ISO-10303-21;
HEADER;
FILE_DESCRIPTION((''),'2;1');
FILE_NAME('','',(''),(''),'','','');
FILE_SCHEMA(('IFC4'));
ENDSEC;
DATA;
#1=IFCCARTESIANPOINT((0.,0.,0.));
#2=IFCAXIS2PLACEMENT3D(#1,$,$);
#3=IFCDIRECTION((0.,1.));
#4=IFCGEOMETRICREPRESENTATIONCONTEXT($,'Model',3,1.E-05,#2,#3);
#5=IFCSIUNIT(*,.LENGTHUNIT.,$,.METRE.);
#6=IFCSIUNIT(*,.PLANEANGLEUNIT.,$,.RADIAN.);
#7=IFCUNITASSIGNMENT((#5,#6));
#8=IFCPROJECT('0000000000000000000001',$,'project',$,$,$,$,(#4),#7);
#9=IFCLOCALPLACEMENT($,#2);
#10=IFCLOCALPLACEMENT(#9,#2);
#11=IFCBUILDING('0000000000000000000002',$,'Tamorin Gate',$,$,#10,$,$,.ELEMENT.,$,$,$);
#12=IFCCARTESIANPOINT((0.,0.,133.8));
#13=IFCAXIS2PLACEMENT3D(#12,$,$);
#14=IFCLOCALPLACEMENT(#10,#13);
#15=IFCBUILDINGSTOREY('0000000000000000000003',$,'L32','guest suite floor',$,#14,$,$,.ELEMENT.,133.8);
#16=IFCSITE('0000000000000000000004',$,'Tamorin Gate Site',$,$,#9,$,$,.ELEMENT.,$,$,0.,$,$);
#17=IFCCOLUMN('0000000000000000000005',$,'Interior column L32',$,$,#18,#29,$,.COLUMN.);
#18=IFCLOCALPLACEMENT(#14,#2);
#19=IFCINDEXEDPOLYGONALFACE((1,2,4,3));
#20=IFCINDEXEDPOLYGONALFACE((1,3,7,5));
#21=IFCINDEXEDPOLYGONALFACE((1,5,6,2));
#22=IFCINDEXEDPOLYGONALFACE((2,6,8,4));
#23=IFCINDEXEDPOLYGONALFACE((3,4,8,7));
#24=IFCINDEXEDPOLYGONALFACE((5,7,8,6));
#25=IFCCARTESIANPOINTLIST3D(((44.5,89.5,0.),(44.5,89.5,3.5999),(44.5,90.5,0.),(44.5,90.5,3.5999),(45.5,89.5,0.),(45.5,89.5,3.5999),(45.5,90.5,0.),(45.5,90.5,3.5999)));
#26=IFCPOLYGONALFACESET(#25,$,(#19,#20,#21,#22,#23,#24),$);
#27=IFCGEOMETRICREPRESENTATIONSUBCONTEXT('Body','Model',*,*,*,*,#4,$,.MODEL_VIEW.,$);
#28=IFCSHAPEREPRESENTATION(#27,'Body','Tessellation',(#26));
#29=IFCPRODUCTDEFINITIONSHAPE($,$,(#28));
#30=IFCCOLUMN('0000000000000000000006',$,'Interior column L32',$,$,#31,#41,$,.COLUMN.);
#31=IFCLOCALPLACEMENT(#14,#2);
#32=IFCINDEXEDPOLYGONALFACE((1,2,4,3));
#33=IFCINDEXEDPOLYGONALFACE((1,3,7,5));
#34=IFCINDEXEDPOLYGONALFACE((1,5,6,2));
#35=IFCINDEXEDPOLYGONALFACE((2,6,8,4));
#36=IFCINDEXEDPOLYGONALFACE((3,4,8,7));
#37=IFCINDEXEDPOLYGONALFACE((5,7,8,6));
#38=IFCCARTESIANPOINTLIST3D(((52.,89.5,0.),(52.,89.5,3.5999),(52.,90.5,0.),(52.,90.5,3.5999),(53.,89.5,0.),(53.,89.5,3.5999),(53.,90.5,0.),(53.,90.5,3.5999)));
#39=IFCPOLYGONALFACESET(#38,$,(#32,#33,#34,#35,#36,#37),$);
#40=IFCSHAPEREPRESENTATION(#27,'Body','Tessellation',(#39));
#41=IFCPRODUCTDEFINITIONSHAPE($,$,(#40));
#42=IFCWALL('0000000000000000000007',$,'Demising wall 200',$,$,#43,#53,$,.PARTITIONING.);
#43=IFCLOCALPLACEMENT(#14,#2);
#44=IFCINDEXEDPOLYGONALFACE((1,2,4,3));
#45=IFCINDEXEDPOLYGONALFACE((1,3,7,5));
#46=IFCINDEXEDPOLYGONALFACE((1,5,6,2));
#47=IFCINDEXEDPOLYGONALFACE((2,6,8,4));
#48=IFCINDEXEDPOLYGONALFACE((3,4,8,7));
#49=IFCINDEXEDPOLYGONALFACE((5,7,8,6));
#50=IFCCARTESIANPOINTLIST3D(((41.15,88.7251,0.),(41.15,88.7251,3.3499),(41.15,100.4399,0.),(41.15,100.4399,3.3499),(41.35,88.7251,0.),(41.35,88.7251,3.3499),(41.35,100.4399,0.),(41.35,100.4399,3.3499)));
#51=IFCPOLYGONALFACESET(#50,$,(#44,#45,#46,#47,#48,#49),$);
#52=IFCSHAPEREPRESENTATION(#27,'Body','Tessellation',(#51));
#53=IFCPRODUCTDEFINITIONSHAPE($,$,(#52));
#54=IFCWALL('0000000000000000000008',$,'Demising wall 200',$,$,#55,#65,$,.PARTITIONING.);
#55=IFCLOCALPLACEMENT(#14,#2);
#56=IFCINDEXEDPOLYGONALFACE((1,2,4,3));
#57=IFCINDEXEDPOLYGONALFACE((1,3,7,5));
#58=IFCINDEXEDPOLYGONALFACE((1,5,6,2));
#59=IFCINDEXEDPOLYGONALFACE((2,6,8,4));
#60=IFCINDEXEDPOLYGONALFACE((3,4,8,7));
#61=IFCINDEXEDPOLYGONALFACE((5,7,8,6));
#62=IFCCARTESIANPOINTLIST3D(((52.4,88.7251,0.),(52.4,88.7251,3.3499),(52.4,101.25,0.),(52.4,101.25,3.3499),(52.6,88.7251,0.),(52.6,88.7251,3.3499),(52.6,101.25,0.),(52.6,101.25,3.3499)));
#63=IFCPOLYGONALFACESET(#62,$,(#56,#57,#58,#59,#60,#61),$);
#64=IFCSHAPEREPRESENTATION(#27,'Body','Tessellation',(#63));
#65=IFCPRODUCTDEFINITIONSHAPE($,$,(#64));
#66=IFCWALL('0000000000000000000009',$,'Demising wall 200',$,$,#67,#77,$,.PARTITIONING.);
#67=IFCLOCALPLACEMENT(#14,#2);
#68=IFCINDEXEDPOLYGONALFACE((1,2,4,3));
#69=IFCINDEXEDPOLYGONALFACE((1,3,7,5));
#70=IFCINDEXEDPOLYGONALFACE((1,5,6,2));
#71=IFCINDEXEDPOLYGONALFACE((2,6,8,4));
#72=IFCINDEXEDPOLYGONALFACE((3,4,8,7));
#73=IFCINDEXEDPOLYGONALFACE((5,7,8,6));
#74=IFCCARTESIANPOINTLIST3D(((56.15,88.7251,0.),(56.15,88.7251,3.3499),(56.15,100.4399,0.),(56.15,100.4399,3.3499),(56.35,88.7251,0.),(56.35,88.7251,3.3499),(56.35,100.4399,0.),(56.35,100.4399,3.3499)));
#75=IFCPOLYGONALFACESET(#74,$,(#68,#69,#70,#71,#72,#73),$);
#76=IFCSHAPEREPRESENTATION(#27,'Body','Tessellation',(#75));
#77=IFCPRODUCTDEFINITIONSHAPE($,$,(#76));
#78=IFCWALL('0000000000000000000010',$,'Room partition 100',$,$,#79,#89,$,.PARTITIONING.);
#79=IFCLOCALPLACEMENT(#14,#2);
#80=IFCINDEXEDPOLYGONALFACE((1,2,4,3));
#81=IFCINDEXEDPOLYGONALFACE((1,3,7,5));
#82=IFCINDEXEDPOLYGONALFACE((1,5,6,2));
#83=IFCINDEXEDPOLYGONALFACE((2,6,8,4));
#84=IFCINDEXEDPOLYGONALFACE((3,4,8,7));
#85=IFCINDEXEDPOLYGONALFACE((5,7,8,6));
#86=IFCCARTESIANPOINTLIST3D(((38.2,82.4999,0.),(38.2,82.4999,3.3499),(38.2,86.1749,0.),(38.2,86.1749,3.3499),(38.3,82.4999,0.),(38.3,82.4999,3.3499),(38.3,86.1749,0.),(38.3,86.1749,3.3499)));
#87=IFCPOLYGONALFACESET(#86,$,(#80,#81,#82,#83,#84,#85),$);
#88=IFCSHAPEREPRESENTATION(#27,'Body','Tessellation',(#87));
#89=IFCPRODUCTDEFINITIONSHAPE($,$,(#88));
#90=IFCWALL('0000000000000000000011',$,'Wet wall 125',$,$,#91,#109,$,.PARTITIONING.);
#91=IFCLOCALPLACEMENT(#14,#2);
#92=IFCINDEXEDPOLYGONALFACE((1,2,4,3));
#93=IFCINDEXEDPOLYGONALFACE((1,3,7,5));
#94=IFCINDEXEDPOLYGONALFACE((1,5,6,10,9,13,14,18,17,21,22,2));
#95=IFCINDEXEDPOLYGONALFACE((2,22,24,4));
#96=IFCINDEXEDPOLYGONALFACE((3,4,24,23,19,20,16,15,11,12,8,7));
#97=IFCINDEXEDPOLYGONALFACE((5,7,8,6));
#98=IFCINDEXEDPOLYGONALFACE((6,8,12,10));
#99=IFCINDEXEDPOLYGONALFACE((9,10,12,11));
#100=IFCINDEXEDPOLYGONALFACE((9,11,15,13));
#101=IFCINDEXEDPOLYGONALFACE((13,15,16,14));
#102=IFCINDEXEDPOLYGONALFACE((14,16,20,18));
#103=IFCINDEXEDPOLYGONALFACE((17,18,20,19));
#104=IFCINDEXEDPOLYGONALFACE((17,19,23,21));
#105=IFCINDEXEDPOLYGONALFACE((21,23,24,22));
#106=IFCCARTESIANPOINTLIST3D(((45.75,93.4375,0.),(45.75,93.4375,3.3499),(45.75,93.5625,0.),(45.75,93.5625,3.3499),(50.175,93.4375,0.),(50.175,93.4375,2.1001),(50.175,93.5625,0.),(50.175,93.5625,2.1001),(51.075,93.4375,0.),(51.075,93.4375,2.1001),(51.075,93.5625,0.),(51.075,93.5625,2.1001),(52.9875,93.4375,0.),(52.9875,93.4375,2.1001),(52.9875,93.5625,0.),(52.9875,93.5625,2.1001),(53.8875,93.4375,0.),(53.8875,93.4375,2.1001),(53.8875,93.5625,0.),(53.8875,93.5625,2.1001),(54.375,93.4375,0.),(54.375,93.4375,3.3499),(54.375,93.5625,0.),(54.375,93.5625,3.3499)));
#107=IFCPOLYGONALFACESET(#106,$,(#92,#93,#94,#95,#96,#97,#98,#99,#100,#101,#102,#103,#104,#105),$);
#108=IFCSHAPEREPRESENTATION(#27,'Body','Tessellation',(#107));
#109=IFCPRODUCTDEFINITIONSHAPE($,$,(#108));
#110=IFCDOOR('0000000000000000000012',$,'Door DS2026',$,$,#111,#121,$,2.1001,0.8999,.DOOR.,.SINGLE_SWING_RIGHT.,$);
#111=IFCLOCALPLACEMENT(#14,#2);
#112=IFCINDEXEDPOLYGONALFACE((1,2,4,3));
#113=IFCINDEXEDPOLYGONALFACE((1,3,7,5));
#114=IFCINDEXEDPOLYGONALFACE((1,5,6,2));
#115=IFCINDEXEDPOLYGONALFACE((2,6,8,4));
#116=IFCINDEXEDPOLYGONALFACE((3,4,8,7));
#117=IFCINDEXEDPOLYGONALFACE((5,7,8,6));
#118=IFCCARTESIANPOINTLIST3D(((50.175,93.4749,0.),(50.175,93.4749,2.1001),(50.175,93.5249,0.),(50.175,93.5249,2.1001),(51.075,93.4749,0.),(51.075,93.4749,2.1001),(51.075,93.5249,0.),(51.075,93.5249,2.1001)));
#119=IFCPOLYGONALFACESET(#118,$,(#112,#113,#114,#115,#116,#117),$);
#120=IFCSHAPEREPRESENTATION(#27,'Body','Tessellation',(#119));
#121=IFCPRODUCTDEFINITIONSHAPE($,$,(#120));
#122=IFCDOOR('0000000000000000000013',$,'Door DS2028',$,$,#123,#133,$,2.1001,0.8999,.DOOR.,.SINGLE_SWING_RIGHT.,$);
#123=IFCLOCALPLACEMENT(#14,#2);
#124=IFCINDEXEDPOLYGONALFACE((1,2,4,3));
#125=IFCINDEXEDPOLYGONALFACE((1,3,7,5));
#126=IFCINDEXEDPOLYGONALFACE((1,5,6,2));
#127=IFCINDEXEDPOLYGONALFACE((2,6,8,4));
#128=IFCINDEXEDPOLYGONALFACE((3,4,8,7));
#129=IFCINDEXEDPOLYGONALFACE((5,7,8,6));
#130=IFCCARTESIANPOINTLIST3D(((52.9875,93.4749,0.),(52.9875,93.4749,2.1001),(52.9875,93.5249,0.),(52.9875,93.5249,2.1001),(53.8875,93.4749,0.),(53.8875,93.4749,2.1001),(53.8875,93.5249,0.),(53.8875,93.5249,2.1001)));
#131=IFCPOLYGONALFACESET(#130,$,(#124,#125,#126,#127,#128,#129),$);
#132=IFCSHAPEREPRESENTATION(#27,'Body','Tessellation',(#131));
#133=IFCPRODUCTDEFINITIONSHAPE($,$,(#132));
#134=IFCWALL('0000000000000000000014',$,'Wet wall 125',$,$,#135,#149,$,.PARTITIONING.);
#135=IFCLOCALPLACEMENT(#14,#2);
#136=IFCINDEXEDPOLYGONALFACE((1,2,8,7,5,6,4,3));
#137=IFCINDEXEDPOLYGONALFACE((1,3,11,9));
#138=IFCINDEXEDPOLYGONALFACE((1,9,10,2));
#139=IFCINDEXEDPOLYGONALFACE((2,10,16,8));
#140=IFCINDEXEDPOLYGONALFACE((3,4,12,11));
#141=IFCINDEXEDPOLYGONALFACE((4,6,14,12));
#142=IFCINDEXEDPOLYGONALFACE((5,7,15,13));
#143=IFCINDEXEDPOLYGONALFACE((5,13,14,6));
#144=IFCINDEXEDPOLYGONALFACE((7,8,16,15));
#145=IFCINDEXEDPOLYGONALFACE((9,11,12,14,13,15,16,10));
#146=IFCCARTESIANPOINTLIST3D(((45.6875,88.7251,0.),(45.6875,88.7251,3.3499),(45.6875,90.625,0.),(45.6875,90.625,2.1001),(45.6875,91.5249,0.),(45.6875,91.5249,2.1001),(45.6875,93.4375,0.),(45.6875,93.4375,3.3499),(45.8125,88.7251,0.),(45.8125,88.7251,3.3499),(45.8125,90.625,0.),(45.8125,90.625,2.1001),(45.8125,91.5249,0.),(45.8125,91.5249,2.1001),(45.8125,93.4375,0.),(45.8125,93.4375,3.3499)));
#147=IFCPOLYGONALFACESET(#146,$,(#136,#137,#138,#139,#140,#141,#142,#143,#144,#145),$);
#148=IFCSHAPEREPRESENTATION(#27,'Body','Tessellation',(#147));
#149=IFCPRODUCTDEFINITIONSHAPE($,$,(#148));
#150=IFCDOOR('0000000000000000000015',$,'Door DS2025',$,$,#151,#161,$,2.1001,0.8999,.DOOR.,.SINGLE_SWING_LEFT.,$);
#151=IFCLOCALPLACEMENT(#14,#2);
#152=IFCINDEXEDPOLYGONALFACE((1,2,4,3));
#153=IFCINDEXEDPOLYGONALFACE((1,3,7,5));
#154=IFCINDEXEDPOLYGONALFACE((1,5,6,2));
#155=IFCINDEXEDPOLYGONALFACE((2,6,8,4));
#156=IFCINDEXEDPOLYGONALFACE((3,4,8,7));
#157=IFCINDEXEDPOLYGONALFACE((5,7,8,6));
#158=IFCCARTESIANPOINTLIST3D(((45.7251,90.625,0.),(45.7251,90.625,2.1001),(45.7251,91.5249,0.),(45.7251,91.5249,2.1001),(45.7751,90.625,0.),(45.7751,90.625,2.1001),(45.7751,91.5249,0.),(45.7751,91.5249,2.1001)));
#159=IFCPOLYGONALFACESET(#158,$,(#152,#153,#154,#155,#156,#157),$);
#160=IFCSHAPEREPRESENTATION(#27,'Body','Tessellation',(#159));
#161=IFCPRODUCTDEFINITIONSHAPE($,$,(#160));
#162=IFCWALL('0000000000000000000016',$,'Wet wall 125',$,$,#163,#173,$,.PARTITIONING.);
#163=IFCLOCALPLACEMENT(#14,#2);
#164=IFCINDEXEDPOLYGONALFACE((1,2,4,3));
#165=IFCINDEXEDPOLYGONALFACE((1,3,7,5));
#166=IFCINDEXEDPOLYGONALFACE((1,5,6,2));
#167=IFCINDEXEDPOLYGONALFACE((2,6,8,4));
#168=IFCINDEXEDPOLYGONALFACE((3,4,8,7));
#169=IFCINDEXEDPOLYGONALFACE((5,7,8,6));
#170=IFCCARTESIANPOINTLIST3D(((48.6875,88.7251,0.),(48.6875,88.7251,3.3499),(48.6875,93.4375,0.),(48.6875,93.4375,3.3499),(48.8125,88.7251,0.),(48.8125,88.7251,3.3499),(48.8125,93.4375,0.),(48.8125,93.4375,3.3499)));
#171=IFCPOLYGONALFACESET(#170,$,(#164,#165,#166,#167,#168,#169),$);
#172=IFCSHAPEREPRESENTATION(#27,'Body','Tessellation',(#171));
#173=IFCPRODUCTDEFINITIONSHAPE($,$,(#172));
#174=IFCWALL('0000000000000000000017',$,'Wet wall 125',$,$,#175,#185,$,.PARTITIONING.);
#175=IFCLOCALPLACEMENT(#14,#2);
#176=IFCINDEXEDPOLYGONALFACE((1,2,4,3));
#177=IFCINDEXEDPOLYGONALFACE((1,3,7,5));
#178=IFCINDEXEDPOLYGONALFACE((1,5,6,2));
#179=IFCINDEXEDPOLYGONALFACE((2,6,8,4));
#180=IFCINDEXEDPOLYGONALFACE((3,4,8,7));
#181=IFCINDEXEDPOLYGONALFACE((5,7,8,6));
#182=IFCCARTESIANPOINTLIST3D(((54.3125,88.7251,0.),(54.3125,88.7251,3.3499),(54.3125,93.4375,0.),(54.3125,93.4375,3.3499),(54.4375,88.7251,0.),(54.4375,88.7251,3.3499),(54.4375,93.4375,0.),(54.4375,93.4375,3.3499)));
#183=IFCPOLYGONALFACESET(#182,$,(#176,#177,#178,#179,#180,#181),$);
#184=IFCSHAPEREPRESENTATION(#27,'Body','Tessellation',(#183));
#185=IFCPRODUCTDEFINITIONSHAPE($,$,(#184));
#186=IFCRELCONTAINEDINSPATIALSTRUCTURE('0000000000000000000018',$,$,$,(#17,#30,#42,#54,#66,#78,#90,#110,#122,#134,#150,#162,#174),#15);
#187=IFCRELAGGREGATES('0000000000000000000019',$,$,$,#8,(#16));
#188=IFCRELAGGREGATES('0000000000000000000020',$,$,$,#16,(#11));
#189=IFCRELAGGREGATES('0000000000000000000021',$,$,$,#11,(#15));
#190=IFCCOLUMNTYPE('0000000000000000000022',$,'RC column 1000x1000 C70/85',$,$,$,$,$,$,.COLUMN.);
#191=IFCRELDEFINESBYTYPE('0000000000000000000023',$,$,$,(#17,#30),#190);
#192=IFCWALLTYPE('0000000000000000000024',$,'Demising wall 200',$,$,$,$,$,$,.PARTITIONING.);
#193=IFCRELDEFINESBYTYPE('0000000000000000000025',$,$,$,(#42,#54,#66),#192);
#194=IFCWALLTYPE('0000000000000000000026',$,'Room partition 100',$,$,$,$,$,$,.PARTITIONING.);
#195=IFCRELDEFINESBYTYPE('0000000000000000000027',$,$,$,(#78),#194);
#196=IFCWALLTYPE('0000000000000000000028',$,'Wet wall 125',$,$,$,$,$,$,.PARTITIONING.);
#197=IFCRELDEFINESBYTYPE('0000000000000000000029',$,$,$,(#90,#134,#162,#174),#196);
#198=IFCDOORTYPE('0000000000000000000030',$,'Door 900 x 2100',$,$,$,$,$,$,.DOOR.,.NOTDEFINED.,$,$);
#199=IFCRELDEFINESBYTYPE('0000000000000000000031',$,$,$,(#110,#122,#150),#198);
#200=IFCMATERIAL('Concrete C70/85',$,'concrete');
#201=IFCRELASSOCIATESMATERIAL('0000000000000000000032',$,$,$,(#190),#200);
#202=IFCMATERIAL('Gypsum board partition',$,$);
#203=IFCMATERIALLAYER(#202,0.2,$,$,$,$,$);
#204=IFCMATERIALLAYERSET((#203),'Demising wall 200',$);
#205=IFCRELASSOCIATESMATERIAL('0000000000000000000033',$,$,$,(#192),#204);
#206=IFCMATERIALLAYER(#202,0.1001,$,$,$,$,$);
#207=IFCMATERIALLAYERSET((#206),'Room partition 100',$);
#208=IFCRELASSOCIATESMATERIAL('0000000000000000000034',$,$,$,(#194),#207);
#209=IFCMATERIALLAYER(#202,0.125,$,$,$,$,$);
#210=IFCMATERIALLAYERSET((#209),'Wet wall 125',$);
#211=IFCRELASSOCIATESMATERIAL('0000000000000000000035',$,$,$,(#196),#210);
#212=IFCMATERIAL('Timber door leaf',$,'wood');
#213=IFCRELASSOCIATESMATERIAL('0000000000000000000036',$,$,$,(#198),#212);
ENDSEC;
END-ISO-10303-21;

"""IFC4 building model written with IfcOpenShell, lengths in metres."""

from ifc_helpers import new_model, si_unit, direction, frame, frame_2d, origin, origin_2d, place, context, subcontext, project, spatial, rectangle, extrude, material, layer, layer_set, material_profile, profile_set, type_object, element, fill, save


model = new_model("IFC4")

# Units and contexts
model_context = context("Model", 3, precision=1e-05, world=origin(), true_north=direction((0.0, 1.0)))
body_context = subcontext(model_context, "Body", "Model", "MODEL_VIEW")
ifc_project = project(units=[si_unit("LENGTHUNIT", "METRE"), si_unit("PLANEANGLEUNIT", "RADIAN")], contexts=[model_context])

# Site, building, storey
site_placement = place(None, origin())
site = spatial("IfcSite", under=ifc_project, at=site_placement, Name="Tamorin Gate Site", CompositionType="ELEMENT", RefElevation=0.0)
building_placement = place(site_placement, origin())
building = spatial("IfcBuilding", under=site, at=building_placement, Name="Tamorin Gate", CompositionType="ELEMENT")
storey_placement = place(building_placement, frame((0.0, 0.0, 133.8)))
storey = spatial("IfcBuildingStorey", under=building, at=storey_placement, Name="L32", Description="guest suite floor", CompositionType="ELEMENT", Elevation=133.8)

# Columns
ifc_material_1 = material(Name="Concrete C70/85", Category="concrete")
ifc_material_profile = material_profile(ifc_material_1, rectangle(XDim=1.0, YDim=1.0, at=origin_2d()), Name="RC 1000x1000")
ifc_profile_set = profile_set([ifc_material_profile], Name="Concrete C70/85")
column_type = type_object("IfcColumnType", Name="RC column 1000x1000 C70/85", PredefinedType="COLUMN", material=ifc_profile_set)
for number, where, z_axis, x_axis, name in (
    (1, (45.0, 90.0, 0.0), (0.0, 0.0, 1.0), (1.0, 0.0, 0.0), "Interior column L32"),
    (2, (52.5, 90.0, 0.0), (0.0, 0.0, 1.0), (1.0, 0.0, 0.0), "Interior column L32"),
):
    element("IfcColumn", number, at=place(storey_placement, frame(where, z_axis=z_axis, x_axis=x_axis)), inside=storey, type_object=column_type, Name=name, PredefinedType="COLUMN", context=body_context, shape_type="SweptSolid", body=[
        extrude(rectangle(XDim=1.0, YDim=1.0, at=origin_2d()), origin(), (0.0, 0.0, 1.0), 3.5999),
    ])

# Walls
ifc_material_2 = material(Name="Gypsum board partition")
ifc_layer_1 = layer(ifc_material_2, 0.2)
ifc_layer_set_1 = layer_set([ifc_layer_1], Name="Demising wall 200")
wall_type_1 = type_object("IfcWallType", Name="Demising wall 200", PredefinedType="PARTITIONING", material=ifc_layer_set_1)
wall_1_placement = place(storey_placement, frame((41.25, 88.7251, 0.0), z_axis=(0.0, 0.0, 1.0), x_axis=(0.0, 1.0, 0.0)))
element("IfcWall", 3, at=wall_1_placement, inside=storey, type_object=wall_type_1, Name="Demising wall 200", PredefinedType="PARTITIONING", context=body_context, shape_type="SweptSolid", body=[
    extrude(rectangle(XDim=11.7148, YDim=0.2, at=frame_2d((5.8574, 0.0))), origin(), (0.0, 0.0, 1.0), 3.3499),
])
wall_2_placement = place(storey_placement, frame((52.5, 88.7251, 0.0), z_axis=(0.0, 0.0, 1.0), x_axis=(0.0, 1.0, 0.0)))
element("IfcWall", 4, at=wall_2_placement, inside=storey, type_object=wall_type_1, Name="Demising wall 200", PredefinedType="PARTITIONING", context=body_context, shape_type="SweptSolid", body=[
    extrude(rectangle(XDim=12.5249, YDim=0.2, at=frame_2d((6.2625, 0.0))), origin(), (0.0, 0.0, 1.0), 3.3499),
])
wall_3_placement = place(storey_placement, frame((56.25, 88.7251, 0.0), z_axis=(0.0, 0.0, 1.0), x_axis=(0.0, 1.0, 0.0)))
element("IfcWall", 5, at=wall_3_placement, inside=storey, type_object=wall_type_1, Name="Demising wall 200", PredefinedType="PARTITIONING", context=body_context, shape_type="SweptSolid", body=[
    extrude(rectangle(XDim=11.7148, YDim=0.2, at=frame_2d((5.8574, 0.0))), origin(), (0.0, 0.0, 1.0), 3.3499),
])
ifc_layer_2 = layer(ifc_material_2, 0.1001)
ifc_layer_set_2 = layer_set([ifc_layer_2], Name="Room partition 100")
wall_type_2 = type_object("IfcWallType", Name="Room partition 100", PredefinedType="PARTITIONING", material=ifc_layer_set_2)
wall_4_placement = place(storey_placement, frame((38.25, 82.5, 0.0), z_axis=(0.0, 0.0, 1.0), x_axis=(0.0, 1.0, 0.0)))
element("IfcWall", 6, at=wall_4_placement, inside=storey, type_object=wall_type_2, Name="Room partition 100", PredefinedType="PARTITIONING", context=body_context, shape_type="SweptSolid", body=[
    extrude(rectangle(XDim=3.675, YDim=0.1001, at=frame_2d((1.8374, 0.0))), origin(), (0.0, 0.0, 1.0), 3.3499),
])

# Wall, openings, doors
ifc_layer_3 = layer(ifc_material_2, 0.125)
ifc_layer_set_3 = layer_set([ifc_layer_3], Name="Wet wall 125")
wall_type_3 = type_object("IfcWallType", Name="Wet wall 125", PredefinedType="PARTITIONING", material=ifc_layer_set_3)
wall_5_placement = place(storey_placement, frame((45.75, 93.5, 0.0), z_axis=(0.0, 0.0, 1.0), x_axis=(1.0, 0.0, 0.0)))
wall_5 = element("IfcWall", 7, at=wall_5_placement, inside=storey, type_object=wall_type_3, Name="Wet wall 125", PredefinedType="PARTITIONING", context=body_context, shape_type="SweptSolid", body=[
    extrude(rectangle(XDim=8.625, YDim=0.125, at=frame_2d((4.3125, 0.0))), origin(), (0.0, 0.0, 1.0), 3.3499),
])
opening_1_placement = place(wall_5_placement, frame((4.425, 0.0, 0.0)))
opening_1 = element("IfcOpeningElement", 8, at=opening_1_placement, cuts=wall_5, PredefinedType="OPENING", context=body_context, shape_type="SweptSolid", body=[
    extrude(rectangle(XDim=0.8999, YDim=2.1001, at=frame_2d((0.45, 1.05))), frame((0.0, 0.0725, 0.0), z_axis=(0.0, -1.0, 0.0), x_axis=(1.0, 0.0, 0.0)), (0.0, 0.0, 1.0), 0.145),
])
opening_2_placement = place(wall_5_placement, frame((7.2375, 0.0, 0.0)))
opening_2 = element("IfcOpeningElement", 9, at=opening_2_placement, cuts=wall_5, PredefinedType="OPENING", context=body_context, shape_type="SweptSolid", body=[
    extrude(rectangle(XDim=0.8999, YDim=2.1001, at=frame_2d((0.45, 1.05))), frame((0.0, 0.0725, 0.0), z_axis=(0.0, -1.0, 0.0), x_axis=(1.0, 0.0, 0.0)), (0.0, 0.0, 1.0), 0.145),
])
ifc_material_3 = material(Name="Timber door leaf", Category="wood")
door_type = type_object("IfcDoorType", Name="Door 900 x 2100", OperationType="NOTDEFINED", PredefinedType="DOOR", material=ifc_material_3)
door_1_placement = place(opening_1_placement, origin())
door_1 = element("IfcDoor", 10, at=door_1_placement, inside=storey, type_object=door_type, Name="Door DS2026", OperationType="SINGLE_SWING_RIGHT", OverallHeight=2.1001, OverallWidth=0.8999, PredefinedType="DOOR", context=body_context, shape_type="SweptSolid", body=[
    extrude(rectangle(XDim=0.8999, YDim=2.1001, at=frame_2d((0.45, 1.05))), frame((0.0, 0.0249, 0.0), z_axis=(0.0, -1.0, 0.0), x_axis=(1.0, 0.0, 0.0)), (0.0, 0.0, 1.0), 0.05),
])
fill(opening_1, door_1)
door_2_placement = place(opening_2_placement, origin())
door_2 = element("IfcDoor", 11, at=door_2_placement, inside=storey, type_object=door_type, Name="Door DS2028", OperationType="SINGLE_SWING_RIGHT", OverallHeight=2.1001, OverallWidth=0.8999, PredefinedType="DOOR", context=body_context, shape_type="SweptSolid", body=[
    extrude(rectangle(XDim=0.8999, YDim=2.1001, at=frame_2d((0.45, 1.05))), frame((0.0, 0.0249, 0.0), z_axis=(0.0, -1.0, 0.0), x_axis=(1.0, 0.0, 0.0)), (0.0, 0.0, 1.0), 0.05),
])
fill(opening_2, door_2)

# Wall, opening, door
wall_6_placement = place(storey_placement, frame((45.75, 88.7251, 0.0), z_axis=(0.0, 0.0, 1.0), x_axis=(0.0, 1.0, 0.0)))
wall_6 = element("IfcWall", 12, at=wall_6_placement, inside=storey, type_object=wall_type_3, Name="Wet wall 125", PredefinedType="PARTITIONING", context=body_context, shape_type="SweptSolid", body=[
    extrude(rectangle(XDim=4.7124, YDim=0.125, at=frame_2d((2.3562, 0.0))), origin(), (0.0, 0.0, 1.0), 3.3499),
])
opening_3_placement = place(wall_6_placement, frame((1.8999, 0.0, 0.0)))
opening_3 = element("IfcOpeningElement", 13, at=opening_3_placement, cuts=wall_6, PredefinedType="OPENING", context=body_context, shape_type="SweptSolid", body=[
    extrude(rectangle(XDim=0.8999, YDim=2.1001, at=frame_2d((0.45, 1.05))), frame((0.0, 0.0725, 0.0), z_axis=(0.0, -1.0, 0.0), x_axis=(1.0, 0.0, 0.0)), (0.0, 0.0, 1.0), 0.145),
])
door_3_placement = place(opening_3_placement, origin())
door_3 = element("IfcDoor", 14, at=door_3_placement, inside=storey, type_object=door_type, Name="Door DS2025", OperationType="SINGLE_SWING_LEFT", OverallHeight=2.1001, OverallWidth=0.8999, PredefinedType="DOOR", context=body_context, shape_type="SweptSolid", body=[
    extrude(rectangle(XDim=0.8999, YDim=2.1001, at=frame_2d((0.45, 1.05))), frame((0.0, 0.0249, 0.0), z_axis=(0.0, -1.0, 0.0), x_axis=(1.0, 0.0, 0.0)), (0.0, 0.0, 1.0), 0.05),
])
fill(opening_3, door_3)

# Walls
for number, where, z_axis, x_axis, name in (
    (15, (48.75, 88.7251, 0.0), (0.0, 0.0, 1.0), (0.0, 1.0, 0.0), "Wet wall 125"),
    (16, (54.375, 88.7251, 0.0), (0.0, 0.0, 1.0), (0.0, 1.0, 0.0), "Wet wall 125"),
):
    element("IfcWall", number, at=place(storey_placement, frame(where, z_axis=z_axis, x_axis=x_axis)), inside=storey, type_object=wall_type_3, Name=name, PredefinedType="PARTITIONING", context=body_context, shape_type="SweptSolid", body=[
        extrude(rectangle(XDim=4.7124, YDim=0.125, at=frame_2d((2.3562, 0.0))), origin(), (0.0, 0.0, 1.0), 3.3499),
    ])

save(model, "model.ifc")
